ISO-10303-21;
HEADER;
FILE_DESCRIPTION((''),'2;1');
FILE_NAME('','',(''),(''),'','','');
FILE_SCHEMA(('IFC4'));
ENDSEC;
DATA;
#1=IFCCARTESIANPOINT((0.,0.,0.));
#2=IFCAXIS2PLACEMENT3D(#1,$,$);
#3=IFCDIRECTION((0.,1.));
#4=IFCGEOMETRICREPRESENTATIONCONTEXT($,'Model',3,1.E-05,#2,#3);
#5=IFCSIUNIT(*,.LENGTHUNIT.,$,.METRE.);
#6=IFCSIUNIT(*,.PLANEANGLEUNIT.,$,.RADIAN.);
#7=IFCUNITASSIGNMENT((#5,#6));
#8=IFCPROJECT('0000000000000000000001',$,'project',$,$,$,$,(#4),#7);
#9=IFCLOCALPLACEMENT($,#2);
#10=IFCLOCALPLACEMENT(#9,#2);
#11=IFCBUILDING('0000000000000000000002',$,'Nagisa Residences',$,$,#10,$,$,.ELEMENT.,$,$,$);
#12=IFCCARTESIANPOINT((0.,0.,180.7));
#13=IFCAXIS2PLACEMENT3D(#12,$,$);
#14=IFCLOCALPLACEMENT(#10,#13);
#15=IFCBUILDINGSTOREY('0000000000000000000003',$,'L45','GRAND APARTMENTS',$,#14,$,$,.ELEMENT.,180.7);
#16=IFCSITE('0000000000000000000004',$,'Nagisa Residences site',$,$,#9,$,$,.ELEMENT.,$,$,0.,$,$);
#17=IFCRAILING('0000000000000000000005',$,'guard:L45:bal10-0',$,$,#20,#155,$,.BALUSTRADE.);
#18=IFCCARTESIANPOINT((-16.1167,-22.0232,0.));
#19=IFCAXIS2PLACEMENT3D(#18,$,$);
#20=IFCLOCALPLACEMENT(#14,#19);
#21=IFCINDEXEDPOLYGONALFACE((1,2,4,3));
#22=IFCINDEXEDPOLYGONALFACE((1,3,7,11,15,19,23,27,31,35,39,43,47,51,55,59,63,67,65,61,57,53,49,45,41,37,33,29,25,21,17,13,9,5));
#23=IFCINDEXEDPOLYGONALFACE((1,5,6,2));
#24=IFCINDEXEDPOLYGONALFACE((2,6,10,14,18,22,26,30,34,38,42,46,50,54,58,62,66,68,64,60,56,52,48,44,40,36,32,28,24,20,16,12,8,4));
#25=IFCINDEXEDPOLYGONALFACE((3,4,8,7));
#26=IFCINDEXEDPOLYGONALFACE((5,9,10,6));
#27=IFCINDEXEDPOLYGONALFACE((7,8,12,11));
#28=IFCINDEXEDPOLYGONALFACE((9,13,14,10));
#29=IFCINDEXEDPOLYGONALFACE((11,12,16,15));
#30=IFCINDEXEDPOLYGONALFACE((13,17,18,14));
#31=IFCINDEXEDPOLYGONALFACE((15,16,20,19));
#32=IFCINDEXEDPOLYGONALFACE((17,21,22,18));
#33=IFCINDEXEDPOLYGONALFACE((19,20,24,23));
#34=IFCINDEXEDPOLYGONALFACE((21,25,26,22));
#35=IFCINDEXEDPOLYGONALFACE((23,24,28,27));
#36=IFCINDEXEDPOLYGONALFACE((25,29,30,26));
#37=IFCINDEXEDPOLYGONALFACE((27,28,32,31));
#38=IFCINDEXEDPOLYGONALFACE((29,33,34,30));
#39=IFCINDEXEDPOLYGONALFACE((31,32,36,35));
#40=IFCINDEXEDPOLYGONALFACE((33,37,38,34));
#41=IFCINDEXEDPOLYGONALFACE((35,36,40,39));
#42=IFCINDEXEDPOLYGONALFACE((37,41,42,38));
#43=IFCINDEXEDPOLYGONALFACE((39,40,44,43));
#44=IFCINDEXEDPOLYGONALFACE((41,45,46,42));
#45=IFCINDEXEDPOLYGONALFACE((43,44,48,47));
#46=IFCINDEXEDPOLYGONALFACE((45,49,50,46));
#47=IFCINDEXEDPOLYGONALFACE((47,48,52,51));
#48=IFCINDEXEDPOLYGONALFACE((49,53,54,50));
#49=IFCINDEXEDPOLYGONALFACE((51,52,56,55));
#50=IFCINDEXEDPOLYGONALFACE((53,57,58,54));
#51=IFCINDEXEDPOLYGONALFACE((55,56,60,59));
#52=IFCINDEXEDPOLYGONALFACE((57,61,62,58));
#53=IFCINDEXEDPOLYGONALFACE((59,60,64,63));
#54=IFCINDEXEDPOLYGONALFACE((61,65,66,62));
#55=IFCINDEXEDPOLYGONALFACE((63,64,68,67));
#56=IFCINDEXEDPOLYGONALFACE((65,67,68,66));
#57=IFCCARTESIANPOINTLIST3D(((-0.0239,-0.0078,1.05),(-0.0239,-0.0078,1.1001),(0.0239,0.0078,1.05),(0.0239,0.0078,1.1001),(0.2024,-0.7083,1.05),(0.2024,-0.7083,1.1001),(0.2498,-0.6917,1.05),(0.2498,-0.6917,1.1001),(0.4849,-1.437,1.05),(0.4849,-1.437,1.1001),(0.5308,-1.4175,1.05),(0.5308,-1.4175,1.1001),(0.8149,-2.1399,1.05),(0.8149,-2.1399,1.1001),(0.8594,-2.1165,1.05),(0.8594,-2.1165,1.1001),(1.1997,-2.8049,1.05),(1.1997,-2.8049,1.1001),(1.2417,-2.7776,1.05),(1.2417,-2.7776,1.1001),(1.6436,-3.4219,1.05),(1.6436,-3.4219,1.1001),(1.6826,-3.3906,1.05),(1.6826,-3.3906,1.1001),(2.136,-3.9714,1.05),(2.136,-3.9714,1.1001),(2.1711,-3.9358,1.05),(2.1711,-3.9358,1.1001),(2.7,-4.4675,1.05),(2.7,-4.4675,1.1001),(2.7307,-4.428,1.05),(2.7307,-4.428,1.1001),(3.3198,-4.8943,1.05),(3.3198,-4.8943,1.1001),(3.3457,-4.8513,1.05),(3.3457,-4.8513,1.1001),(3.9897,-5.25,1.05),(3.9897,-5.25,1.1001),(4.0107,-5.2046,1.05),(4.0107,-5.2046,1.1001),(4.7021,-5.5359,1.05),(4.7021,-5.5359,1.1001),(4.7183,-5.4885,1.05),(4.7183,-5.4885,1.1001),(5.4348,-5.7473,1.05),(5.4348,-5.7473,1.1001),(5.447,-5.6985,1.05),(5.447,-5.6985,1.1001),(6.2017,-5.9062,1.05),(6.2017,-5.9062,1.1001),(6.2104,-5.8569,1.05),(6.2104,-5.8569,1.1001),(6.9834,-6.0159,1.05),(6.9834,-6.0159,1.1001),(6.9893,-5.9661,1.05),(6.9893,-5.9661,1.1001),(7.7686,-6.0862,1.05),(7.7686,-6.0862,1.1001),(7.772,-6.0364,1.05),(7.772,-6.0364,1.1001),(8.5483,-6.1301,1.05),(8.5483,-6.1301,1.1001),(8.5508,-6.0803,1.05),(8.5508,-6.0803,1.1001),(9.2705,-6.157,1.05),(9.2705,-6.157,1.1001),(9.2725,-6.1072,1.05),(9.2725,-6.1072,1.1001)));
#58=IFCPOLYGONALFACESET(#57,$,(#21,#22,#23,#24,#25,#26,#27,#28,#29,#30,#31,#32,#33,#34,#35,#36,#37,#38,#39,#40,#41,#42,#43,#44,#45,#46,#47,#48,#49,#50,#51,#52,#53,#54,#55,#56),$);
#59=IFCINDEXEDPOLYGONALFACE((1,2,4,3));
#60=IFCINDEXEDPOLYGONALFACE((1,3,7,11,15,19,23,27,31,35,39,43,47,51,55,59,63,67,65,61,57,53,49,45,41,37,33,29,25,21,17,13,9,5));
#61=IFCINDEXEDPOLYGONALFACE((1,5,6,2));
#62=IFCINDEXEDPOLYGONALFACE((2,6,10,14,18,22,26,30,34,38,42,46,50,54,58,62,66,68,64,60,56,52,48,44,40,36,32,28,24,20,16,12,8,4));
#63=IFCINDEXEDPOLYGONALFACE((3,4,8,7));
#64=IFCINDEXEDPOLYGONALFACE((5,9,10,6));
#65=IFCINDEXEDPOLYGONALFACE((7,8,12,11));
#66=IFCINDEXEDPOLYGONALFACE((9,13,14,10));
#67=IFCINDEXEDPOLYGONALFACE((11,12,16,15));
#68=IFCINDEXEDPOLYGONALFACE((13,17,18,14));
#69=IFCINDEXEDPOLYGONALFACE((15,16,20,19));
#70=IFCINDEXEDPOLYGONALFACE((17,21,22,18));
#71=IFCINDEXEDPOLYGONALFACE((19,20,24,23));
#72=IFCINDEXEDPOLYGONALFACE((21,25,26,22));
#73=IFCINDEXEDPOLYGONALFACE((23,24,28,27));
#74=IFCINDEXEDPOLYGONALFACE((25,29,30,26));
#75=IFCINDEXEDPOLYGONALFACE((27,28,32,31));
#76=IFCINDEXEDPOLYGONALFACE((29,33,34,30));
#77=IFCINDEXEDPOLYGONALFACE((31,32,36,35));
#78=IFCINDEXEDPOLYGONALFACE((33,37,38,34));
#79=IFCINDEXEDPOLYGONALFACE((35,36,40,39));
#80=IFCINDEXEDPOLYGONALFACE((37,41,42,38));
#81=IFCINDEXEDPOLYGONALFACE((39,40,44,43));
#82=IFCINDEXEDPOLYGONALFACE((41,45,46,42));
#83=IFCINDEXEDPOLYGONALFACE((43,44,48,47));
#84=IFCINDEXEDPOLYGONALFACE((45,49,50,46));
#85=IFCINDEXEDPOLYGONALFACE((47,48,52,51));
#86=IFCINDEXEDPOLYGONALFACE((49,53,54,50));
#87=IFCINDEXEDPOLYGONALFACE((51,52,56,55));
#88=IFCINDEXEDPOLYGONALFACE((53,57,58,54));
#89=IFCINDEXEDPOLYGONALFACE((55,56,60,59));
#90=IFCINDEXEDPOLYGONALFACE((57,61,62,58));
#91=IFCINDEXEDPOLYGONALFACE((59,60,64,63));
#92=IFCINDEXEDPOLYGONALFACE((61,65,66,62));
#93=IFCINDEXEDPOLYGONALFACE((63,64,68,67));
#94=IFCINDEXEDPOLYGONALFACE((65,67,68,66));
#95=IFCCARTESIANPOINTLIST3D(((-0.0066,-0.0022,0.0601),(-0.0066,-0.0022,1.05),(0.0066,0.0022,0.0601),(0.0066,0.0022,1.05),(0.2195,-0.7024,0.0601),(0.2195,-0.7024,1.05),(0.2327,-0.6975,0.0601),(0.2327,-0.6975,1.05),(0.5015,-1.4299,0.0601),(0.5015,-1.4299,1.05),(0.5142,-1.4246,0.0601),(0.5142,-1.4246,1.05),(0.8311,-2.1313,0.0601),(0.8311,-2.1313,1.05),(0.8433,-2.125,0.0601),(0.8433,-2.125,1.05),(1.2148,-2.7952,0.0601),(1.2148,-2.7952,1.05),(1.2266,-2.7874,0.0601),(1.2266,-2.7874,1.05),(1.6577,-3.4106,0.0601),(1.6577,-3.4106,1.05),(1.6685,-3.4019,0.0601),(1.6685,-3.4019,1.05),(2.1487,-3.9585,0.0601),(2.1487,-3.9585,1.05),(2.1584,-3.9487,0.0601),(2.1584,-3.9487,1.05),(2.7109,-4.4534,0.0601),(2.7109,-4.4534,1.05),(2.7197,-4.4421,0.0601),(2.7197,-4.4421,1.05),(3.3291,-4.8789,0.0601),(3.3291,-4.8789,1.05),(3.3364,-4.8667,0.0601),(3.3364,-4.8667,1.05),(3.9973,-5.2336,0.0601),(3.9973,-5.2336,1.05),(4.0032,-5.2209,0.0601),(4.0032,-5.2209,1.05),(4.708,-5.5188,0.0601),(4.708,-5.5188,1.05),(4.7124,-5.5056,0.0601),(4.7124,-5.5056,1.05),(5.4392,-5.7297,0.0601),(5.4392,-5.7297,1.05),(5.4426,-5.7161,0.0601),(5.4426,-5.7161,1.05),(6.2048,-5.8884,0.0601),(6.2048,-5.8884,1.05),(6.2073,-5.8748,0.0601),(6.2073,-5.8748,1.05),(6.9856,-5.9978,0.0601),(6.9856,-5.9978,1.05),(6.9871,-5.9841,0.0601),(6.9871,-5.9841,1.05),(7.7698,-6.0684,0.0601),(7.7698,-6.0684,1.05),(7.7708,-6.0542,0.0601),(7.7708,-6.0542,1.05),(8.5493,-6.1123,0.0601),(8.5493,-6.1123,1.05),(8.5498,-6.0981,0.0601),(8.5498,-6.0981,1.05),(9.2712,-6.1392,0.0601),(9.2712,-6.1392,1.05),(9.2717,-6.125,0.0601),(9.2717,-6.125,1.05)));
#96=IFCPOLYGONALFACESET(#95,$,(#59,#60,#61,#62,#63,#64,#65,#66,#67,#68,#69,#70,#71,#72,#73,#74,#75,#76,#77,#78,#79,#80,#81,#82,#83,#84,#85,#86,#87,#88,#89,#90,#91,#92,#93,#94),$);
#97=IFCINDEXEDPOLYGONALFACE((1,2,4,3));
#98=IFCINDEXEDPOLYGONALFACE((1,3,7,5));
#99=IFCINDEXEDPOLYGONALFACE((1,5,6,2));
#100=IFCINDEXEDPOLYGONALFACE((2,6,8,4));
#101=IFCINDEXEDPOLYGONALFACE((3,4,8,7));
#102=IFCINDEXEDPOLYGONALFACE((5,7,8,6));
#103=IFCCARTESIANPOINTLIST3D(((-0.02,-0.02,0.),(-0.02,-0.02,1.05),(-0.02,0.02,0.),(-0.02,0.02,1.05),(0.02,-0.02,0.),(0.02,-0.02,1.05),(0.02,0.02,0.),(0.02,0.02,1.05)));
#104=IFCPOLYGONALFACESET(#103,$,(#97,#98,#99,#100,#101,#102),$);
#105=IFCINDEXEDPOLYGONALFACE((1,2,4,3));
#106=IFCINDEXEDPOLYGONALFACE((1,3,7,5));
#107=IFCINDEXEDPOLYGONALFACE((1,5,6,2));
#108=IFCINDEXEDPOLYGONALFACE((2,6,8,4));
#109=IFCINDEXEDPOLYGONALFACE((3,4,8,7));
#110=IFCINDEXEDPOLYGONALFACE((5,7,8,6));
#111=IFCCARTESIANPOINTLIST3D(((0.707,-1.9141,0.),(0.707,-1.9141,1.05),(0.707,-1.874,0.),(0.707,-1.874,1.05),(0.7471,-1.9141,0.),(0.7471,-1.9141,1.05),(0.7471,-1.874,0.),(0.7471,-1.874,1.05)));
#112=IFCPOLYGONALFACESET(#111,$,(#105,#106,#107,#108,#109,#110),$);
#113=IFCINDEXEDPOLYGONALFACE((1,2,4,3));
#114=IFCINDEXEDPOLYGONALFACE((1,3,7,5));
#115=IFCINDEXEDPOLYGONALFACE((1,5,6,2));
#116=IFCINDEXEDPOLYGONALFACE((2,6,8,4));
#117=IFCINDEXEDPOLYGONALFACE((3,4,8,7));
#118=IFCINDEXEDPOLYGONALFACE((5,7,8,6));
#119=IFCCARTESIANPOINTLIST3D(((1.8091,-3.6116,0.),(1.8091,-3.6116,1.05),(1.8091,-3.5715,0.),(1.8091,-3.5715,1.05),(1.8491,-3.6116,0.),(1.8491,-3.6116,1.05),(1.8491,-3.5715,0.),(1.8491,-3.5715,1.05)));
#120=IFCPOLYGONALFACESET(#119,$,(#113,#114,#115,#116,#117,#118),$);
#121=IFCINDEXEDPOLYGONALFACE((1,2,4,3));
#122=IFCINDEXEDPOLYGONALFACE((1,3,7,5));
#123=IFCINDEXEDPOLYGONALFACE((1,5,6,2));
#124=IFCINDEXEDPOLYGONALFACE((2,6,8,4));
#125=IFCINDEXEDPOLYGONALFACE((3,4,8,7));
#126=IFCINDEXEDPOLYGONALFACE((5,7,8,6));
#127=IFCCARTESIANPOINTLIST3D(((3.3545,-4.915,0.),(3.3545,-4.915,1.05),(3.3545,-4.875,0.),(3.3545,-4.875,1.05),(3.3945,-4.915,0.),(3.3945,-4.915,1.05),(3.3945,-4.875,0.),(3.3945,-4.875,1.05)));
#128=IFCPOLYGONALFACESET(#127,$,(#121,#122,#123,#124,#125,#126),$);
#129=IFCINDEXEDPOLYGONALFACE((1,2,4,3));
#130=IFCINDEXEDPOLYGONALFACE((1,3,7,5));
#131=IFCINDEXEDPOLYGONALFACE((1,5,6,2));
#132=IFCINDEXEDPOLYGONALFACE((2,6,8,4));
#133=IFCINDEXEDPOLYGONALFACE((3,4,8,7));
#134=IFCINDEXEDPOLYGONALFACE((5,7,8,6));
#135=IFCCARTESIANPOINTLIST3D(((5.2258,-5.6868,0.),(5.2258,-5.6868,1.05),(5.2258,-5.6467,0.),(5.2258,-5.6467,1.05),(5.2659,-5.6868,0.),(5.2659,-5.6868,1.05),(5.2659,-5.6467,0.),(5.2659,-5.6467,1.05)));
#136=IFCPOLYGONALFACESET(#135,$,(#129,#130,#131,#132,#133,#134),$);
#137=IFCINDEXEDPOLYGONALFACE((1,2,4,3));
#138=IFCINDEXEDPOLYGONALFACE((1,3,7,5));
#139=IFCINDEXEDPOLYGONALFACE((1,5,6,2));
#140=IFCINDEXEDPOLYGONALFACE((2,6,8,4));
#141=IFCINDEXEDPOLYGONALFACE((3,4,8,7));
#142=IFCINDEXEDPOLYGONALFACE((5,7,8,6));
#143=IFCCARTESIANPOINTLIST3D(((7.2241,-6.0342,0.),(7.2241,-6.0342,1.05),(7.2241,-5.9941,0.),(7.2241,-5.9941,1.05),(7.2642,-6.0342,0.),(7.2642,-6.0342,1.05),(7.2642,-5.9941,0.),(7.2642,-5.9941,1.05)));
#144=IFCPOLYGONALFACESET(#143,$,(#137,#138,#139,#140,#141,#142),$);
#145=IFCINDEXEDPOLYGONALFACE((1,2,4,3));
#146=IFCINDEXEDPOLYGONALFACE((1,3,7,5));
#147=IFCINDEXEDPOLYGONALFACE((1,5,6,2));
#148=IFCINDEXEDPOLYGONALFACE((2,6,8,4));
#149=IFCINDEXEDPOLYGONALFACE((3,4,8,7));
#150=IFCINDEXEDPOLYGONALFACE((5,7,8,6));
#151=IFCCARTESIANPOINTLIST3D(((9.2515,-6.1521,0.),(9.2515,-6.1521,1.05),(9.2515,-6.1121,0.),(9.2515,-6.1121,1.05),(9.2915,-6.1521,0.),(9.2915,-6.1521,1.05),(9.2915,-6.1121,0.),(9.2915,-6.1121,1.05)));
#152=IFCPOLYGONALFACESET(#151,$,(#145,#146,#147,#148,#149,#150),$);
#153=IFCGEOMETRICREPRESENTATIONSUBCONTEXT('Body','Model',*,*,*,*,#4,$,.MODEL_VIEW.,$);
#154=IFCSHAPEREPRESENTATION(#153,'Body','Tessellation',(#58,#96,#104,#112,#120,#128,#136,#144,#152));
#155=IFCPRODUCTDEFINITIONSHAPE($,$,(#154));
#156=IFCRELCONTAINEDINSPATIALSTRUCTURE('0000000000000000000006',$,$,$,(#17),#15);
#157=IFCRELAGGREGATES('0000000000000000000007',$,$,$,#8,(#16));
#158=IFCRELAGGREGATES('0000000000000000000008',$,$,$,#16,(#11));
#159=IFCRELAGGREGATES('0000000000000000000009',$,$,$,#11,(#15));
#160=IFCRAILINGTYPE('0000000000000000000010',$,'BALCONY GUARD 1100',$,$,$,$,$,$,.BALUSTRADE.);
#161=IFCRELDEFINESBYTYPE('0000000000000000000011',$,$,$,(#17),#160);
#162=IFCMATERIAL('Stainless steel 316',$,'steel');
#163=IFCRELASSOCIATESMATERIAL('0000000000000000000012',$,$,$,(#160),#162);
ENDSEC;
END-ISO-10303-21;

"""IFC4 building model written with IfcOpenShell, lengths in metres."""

from ifc_helpers import new_model, si_unit, direction, frame, origin, origin_2d, place, context, subcontext, project, spatial, polyline, rectangle, outline, extrude, material, type_object, element, save


model = new_model("IFC4")

# Units and contexts
model_context = context("Model", 3, precision=1e-05, world=origin(), true_north=direction((0.0, 1.0)))
body_context = subcontext(model_context, "Body", "Model", "MODEL_VIEW")
ifc_project = project(units=[si_unit("LENGTHUNIT", "METRE"), si_unit("PLANEANGLEUNIT", "RADIAN")], contexts=[model_context])

# Site, building, storey
site_placement = place(None, origin())
site = spatial("IfcSite", under=ifc_project, at=site_placement, Name="Nagisa Residences site", CompositionType="ELEMENT", RefElevation=0.0)
building_placement = place(site_placement, origin())
building = spatial("IfcBuilding", under=site, at=building_placement, Name="Nagisa Residences", CompositionType="ELEMENT")
storey_placement = place(building_placement, frame((0.0, 0.0, 180.7)))
storey = spatial("IfcBuildingStorey", under=building, at=storey_placement, Name="L45", Description="GRAND APARTMENTS", CompositionType="ELEMENT", Elevation=180.7)

# Railing
ifc_material_1 = material(Name="Stainless steel 316", Category="steel")
railing_type = type_object("IfcRailingType", Name="BALCONY GUARD 1100", PredefinedType="BALUSTRADE", material=ifc_material_1)
railing_placement = place(storey_placement, frame((-16.1167, -22.0232, 0.0)))
element("IfcRailing", 1, at=railing_placement, inside=storey, type_object=railing_type, Name="guard:L45:bal10-0", PredefinedType="BALUSTRADE", context=body_context, shape_type="SweptSolid", body=[
    extrude(outline(polyline([(0.2498, -0.6917), (0.0239, 0.0078), (-0.0239, -0.0078), (0.2024, -0.7083), (0.4849, -1.437), (0.8149, -2.1399), (1.1997, -2.8049), (1.6436, -3.4219), (2.136, -3.9714), (2.7, -4.4675), (3.3198, -4.8943), (3.9897, -5.25), (4.7021, -5.5359), (5.4348, -5.7473), (6.2017, -5.9062), (6.9834, -6.0159), (7.7686, -6.0862), (8.5483, -6.1301), (9.2705, -6.157), (9.2725, -6.1072), (8.5508, -6.0803), (7.772, -6.0364), (6.9893, -5.9661), (6.2104, -5.8569), (5.447, -5.6985), (4.7183, -5.4885), (4.0107, -5.2046), (3.3457, -4.8513), (2.7307, -4.428), (2.1711, -3.9358), (1.6826, -3.3906), (1.2417, -2.7776), (0.8594, -2.1165), (0.5308, -1.4175), (0.2498, -0.6917)])), frame((0.0, 0.0, 1.05)), (0.0, 0.0, 1.0), 0.05),
    extrude(outline(polyline([(0.2327, -0.6975), (0.0066, 0.0022), (-0.0066, -0.0022), (0.2195, -0.7024), (0.5015, -1.4299), (0.8311, -2.1313), (1.2148, -2.7952), (1.6577, -3.4106), (2.1487, -3.9585), (2.7109, -4.4534), (3.3291, -4.8789), (3.9973, -5.2336), (4.708, -5.5188), (5.4392, -5.7297), (6.2048, -5.8884), (6.9856, -5.9978), (7.7698, -6.0684), (8.5493, -6.1123), (9.2712, -6.1392), (9.2717, -6.125), (8.5498, -6.0981), (7.7708, -6.0542), (6.9871, -5.9841), (6.2073, -5.8748), (5.4426, -5.7161), (4.7124, -5.5056), (4.0032, -5.2209), (3.3364, -4.8667), (2.7197, -4.4421), (2.1584, -3.9487), (1.6685, -3.4019), (1.2266, -2.7874), (0.8433, -2.125), (0.5142, -1.4246), (0.2327, -0.6975)])), frame((0.0, 0.0, 0.0601)), (0.0, 0.0, 1.0), 0.99),
    extrude(rectangle(XDim=0.04, YDim=0.04, at=origin_2d()), origin(), (0.0, 0.0, 1.0), 1.05),
    extrude(rectangle(XDim=0.04, YDim=0.04, at=origin_2d()), frame((0.7271, -1.894, 0.0)), (0.0, 0.0, 1.0), 1.05),
    extrude(rectangle(XDim=0.04, YDim=0.04, at=origin_2d()), frame((1.8291, -3.5916, 0.0)), (0.0, 0.0, 1.0), 1.05),
    extrude(rectangle(XDim=0.04, YDim=0.04, at=origin_2d()), frame((3.3745, -4.895, 0.0)), (0.0, 0.0, 1.0), 1.05),
    extrude(rectangle(XDim=0.04, YDim=0.04, at=origin_2d()), frame((5.2458, -5.6667, 0.0)), (0.0, 0.0, 1.0), 1.05),
    extrude(rectangle(XDim=0.04, YDim=0.04, at=origin_2d()), frame((7.2441, -6.0142, 0.0)), (0.0, 0.0, 1.0), 1.05),
    extrude(rectangle(XDim=0.04, YDim=0.04, at=origin_2d()), frame((9.2715, -6.1321, 0.0)), (0.0, 0.0, 1.0), 1.05),
])

save(model, "model.ifc")
